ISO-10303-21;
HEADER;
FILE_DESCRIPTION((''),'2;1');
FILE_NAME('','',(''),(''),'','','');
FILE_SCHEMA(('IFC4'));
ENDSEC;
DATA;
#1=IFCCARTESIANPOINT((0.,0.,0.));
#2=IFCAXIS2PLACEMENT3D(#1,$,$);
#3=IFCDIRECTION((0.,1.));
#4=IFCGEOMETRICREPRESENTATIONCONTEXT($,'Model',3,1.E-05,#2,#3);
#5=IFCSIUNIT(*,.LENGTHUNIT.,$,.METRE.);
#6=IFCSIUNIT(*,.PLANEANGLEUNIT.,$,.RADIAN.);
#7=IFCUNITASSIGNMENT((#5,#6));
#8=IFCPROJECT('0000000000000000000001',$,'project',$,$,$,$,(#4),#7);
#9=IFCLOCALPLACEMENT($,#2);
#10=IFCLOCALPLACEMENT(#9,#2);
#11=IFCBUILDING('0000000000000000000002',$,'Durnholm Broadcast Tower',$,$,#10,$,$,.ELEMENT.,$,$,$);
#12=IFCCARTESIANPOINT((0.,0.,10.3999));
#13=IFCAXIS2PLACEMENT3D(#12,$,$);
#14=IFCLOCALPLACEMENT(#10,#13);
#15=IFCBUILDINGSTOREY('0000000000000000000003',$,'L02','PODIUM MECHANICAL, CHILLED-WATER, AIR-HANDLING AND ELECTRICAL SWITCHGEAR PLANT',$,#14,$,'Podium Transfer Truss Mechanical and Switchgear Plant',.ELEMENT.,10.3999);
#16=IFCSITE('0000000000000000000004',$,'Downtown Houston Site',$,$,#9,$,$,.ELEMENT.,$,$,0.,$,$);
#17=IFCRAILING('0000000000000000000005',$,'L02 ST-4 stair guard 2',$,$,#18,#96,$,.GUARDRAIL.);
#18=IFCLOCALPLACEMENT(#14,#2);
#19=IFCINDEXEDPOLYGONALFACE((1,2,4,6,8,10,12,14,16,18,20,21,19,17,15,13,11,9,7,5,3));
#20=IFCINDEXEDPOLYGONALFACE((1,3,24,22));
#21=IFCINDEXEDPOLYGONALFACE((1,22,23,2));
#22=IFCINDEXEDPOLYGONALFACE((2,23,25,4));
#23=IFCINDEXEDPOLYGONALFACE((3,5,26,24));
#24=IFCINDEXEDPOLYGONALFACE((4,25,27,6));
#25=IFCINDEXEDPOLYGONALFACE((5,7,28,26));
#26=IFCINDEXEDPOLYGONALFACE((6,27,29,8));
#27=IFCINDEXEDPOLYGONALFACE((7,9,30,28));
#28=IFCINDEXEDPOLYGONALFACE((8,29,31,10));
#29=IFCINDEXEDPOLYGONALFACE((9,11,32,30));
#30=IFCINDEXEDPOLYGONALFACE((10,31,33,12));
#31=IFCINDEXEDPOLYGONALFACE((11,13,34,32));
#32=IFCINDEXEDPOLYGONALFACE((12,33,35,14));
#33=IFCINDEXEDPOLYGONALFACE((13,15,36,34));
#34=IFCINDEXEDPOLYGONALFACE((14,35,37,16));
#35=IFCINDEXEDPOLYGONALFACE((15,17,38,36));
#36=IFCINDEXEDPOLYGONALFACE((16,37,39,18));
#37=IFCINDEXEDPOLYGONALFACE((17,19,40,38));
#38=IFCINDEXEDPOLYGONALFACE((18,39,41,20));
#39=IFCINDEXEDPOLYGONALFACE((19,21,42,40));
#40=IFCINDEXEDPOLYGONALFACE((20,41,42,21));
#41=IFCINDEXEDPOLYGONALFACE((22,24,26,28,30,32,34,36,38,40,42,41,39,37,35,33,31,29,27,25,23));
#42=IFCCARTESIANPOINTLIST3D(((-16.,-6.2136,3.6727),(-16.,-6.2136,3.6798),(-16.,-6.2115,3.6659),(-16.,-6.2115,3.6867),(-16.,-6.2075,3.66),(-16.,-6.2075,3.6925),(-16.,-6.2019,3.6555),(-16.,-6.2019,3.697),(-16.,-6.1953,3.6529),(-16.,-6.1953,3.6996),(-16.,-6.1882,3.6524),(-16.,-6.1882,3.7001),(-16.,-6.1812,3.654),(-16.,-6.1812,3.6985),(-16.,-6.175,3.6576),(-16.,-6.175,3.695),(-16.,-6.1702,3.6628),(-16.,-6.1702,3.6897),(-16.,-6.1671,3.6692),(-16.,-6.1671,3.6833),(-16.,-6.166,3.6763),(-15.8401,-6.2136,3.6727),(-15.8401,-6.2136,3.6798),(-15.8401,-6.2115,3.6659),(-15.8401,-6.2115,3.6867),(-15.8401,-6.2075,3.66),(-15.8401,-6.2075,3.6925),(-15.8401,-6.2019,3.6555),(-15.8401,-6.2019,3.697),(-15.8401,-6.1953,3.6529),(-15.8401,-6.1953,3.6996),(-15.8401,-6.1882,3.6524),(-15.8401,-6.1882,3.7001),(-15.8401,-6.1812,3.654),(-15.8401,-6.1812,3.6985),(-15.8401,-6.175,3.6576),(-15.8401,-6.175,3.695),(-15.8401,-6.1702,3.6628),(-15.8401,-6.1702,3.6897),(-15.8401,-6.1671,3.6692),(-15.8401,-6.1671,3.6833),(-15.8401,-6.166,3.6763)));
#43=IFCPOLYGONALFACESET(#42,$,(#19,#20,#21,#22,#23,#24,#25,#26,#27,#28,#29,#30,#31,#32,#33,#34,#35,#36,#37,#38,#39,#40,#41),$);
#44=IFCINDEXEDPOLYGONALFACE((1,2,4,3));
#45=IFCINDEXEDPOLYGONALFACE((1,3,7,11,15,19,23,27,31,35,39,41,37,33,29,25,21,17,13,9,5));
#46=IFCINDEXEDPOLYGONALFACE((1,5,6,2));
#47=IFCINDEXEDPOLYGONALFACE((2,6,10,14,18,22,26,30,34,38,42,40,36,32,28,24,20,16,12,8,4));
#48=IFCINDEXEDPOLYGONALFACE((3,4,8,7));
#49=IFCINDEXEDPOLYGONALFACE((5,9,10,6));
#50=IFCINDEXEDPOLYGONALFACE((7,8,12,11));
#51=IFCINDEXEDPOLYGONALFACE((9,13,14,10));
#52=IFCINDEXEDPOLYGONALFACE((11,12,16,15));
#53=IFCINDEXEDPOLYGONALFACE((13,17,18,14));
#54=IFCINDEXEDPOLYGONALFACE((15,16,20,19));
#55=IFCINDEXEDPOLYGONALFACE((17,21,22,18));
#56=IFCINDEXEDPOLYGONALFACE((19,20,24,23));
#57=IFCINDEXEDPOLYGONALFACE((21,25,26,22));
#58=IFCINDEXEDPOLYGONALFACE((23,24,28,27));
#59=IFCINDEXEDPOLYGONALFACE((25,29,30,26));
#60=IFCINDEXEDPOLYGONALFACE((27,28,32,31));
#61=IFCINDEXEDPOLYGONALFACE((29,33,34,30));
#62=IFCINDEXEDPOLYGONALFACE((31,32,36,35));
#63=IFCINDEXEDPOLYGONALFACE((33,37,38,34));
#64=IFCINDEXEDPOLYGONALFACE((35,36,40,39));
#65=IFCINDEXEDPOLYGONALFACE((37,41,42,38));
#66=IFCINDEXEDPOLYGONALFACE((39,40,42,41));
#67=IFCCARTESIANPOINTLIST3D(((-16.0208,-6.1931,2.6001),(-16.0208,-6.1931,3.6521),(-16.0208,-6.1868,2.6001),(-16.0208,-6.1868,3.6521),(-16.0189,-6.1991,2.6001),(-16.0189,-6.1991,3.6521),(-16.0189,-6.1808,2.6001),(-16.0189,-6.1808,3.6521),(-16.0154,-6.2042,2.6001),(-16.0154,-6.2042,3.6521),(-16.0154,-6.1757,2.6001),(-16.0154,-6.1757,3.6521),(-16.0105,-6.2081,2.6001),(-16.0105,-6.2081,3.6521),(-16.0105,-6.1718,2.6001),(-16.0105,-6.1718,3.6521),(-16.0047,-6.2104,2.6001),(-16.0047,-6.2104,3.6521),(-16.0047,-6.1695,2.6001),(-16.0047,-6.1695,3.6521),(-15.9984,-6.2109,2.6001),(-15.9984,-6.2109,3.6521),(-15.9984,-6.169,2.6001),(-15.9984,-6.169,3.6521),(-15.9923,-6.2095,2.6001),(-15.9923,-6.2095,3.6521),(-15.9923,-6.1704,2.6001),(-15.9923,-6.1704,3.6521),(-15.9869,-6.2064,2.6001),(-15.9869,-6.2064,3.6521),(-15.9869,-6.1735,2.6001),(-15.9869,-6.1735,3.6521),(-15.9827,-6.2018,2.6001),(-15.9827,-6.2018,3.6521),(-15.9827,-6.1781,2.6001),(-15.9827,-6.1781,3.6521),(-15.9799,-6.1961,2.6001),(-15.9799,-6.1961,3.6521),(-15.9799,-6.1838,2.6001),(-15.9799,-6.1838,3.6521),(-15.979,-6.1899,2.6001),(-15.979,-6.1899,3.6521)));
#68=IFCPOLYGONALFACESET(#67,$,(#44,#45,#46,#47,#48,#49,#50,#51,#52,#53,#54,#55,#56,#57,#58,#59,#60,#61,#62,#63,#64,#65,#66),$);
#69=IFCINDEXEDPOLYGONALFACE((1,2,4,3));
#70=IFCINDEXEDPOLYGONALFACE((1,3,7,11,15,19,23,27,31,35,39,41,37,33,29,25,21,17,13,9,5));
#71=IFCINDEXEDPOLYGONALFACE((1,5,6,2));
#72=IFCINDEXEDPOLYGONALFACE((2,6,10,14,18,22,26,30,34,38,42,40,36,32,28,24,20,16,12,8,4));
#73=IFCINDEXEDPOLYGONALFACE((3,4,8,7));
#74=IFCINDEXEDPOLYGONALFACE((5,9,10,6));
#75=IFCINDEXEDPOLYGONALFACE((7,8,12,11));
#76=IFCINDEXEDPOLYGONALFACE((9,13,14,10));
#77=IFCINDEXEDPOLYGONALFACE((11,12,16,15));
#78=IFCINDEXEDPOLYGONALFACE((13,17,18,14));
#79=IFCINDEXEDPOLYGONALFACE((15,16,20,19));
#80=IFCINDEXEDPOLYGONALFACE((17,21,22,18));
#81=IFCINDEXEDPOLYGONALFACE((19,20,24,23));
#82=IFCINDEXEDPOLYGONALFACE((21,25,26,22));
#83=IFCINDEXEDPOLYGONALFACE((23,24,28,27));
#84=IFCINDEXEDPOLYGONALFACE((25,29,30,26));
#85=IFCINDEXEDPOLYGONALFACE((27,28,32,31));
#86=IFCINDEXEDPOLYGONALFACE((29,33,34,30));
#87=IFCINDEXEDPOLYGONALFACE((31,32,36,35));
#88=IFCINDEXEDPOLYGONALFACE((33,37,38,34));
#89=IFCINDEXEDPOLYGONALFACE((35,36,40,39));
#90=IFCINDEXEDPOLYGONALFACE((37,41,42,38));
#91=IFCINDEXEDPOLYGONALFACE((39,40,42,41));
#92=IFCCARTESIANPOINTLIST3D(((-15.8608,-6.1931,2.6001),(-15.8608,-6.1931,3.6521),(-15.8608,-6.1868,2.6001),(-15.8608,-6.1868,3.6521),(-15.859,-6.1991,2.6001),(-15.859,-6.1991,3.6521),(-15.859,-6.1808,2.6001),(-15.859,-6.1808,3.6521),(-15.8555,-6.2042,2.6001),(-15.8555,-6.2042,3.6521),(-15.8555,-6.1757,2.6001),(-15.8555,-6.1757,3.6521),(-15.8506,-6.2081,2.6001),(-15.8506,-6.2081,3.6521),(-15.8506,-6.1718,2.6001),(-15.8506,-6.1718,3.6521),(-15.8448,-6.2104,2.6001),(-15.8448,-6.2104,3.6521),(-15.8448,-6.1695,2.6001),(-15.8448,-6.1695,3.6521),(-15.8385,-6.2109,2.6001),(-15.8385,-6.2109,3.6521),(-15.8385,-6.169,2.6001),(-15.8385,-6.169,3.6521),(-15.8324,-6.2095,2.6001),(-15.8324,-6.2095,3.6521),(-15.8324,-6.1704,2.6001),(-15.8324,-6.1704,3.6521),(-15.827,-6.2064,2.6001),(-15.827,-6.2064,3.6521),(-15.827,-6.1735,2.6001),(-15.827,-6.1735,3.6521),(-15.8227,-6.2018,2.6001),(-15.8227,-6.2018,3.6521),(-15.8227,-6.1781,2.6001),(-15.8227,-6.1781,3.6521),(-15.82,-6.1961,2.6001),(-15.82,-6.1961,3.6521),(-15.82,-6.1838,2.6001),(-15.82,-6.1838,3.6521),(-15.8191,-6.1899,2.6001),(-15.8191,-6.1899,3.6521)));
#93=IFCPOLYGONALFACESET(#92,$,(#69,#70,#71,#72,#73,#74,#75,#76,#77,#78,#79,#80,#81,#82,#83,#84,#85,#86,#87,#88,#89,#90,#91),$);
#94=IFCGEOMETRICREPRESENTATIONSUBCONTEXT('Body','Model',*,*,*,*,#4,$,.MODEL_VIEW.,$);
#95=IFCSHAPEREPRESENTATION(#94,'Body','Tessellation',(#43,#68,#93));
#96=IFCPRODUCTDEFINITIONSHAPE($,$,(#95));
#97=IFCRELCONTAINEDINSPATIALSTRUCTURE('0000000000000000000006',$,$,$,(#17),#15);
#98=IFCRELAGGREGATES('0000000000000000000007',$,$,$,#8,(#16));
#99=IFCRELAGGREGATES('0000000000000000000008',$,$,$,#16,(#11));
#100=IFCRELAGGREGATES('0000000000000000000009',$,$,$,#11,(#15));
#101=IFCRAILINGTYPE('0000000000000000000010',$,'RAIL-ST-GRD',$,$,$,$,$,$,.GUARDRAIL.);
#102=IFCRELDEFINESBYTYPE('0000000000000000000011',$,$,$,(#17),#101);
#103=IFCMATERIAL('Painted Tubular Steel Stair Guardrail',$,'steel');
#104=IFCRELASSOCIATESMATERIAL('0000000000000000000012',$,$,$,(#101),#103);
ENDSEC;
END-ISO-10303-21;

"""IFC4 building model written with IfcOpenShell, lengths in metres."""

from ifc_helpers import new_model, si_unit, direction, frame, origin, origin_2d, place, context, subcontext, project, spatial, circle, extrude, material, type_object, element, save


model = new_model("IFC4")

# Units and contexts
model_context = context("Model", 3, precision=1e-05, world=origin(), true_north=direction((0.0, 1.0)))
body_context = subcontext(model_context, "Body", "Model", "MODEL_VIEW")
ifc_project = project(units=[si_unit("LENGTHUNIT", "METRE"), si_unit("PLANEANGLEUNIT", "RADIAN")], contexts=[model_context])

# Site, building, storey
site_placement = place(None, origin())
site = spatial("IfcSite", under=ifc_project, at=site_placement, Name="Downtown Houston Site", CompositionType="ELEMENT", RefElevation=0.0)
building_placement = place(site_placement, origin())
building = spatial("IfcBuilding", under=site, at=building_placement, Name="Durnholm Broadcast Tower", CompositionType="ELEMENT")
storey_placement = place(building_placement, frame((0.0, 0.0, 10.3999)))
storey = spatial("IfcBuildingStorey", under=building, at=storey_placement, Name="L02", Description="PODIUM MECHANICAL, CHILLED-WATER, AIR-HANDLING AND ELECTRICAL SWITCHGEAR PLANT", LongName="Podium Transfer Truss Mechanical and Switchgear Plant", CompositionType="ELEMENT", Elevation=10.3999)

# Railing
ifc_material_1 = material(Name="Painted Tubular Steel Stair Guardrail", Category="steel")
railing_type_1 = type_object("IfcRailingType", Name="RAIL-ST-GRD", PredefinedType="GUARDRAIL", material=ifc_material_1)
railing_1_placement = place(storey_placement, frame((-16.0, -6.1899, 2.6001)))
element("IfcRailing", 1, at=railing_1_placement, inside=storey, type_object=railing_type_1, Name="L02 ST-4 stair guard 2", PredefinedType="GUARDRAIL", context=body_context, shape_type="SweptSolid", body=[
    extrude(circle(Radius=0.0239, at=origin_2d()), frame((0.0, 0.0, 1.0762), z_axis=(1.0, 0.0, 0.0), x_axis=(0.0, 1.0, 0.0)), (0.0, 0.0, 1.0), 0.1599),
    extrude(circle(Radius=0.021, at=origin_2d()), origin(), (0.0, 0.0, 1.0), 1.052),
    extrude(circle(Radius=0.021, at=origin_2d()), frame((0.1599, 0.0, 0.0)), (0.0, 0.0, 1.0), 1.052),
])

save(model, "model.ifc")
